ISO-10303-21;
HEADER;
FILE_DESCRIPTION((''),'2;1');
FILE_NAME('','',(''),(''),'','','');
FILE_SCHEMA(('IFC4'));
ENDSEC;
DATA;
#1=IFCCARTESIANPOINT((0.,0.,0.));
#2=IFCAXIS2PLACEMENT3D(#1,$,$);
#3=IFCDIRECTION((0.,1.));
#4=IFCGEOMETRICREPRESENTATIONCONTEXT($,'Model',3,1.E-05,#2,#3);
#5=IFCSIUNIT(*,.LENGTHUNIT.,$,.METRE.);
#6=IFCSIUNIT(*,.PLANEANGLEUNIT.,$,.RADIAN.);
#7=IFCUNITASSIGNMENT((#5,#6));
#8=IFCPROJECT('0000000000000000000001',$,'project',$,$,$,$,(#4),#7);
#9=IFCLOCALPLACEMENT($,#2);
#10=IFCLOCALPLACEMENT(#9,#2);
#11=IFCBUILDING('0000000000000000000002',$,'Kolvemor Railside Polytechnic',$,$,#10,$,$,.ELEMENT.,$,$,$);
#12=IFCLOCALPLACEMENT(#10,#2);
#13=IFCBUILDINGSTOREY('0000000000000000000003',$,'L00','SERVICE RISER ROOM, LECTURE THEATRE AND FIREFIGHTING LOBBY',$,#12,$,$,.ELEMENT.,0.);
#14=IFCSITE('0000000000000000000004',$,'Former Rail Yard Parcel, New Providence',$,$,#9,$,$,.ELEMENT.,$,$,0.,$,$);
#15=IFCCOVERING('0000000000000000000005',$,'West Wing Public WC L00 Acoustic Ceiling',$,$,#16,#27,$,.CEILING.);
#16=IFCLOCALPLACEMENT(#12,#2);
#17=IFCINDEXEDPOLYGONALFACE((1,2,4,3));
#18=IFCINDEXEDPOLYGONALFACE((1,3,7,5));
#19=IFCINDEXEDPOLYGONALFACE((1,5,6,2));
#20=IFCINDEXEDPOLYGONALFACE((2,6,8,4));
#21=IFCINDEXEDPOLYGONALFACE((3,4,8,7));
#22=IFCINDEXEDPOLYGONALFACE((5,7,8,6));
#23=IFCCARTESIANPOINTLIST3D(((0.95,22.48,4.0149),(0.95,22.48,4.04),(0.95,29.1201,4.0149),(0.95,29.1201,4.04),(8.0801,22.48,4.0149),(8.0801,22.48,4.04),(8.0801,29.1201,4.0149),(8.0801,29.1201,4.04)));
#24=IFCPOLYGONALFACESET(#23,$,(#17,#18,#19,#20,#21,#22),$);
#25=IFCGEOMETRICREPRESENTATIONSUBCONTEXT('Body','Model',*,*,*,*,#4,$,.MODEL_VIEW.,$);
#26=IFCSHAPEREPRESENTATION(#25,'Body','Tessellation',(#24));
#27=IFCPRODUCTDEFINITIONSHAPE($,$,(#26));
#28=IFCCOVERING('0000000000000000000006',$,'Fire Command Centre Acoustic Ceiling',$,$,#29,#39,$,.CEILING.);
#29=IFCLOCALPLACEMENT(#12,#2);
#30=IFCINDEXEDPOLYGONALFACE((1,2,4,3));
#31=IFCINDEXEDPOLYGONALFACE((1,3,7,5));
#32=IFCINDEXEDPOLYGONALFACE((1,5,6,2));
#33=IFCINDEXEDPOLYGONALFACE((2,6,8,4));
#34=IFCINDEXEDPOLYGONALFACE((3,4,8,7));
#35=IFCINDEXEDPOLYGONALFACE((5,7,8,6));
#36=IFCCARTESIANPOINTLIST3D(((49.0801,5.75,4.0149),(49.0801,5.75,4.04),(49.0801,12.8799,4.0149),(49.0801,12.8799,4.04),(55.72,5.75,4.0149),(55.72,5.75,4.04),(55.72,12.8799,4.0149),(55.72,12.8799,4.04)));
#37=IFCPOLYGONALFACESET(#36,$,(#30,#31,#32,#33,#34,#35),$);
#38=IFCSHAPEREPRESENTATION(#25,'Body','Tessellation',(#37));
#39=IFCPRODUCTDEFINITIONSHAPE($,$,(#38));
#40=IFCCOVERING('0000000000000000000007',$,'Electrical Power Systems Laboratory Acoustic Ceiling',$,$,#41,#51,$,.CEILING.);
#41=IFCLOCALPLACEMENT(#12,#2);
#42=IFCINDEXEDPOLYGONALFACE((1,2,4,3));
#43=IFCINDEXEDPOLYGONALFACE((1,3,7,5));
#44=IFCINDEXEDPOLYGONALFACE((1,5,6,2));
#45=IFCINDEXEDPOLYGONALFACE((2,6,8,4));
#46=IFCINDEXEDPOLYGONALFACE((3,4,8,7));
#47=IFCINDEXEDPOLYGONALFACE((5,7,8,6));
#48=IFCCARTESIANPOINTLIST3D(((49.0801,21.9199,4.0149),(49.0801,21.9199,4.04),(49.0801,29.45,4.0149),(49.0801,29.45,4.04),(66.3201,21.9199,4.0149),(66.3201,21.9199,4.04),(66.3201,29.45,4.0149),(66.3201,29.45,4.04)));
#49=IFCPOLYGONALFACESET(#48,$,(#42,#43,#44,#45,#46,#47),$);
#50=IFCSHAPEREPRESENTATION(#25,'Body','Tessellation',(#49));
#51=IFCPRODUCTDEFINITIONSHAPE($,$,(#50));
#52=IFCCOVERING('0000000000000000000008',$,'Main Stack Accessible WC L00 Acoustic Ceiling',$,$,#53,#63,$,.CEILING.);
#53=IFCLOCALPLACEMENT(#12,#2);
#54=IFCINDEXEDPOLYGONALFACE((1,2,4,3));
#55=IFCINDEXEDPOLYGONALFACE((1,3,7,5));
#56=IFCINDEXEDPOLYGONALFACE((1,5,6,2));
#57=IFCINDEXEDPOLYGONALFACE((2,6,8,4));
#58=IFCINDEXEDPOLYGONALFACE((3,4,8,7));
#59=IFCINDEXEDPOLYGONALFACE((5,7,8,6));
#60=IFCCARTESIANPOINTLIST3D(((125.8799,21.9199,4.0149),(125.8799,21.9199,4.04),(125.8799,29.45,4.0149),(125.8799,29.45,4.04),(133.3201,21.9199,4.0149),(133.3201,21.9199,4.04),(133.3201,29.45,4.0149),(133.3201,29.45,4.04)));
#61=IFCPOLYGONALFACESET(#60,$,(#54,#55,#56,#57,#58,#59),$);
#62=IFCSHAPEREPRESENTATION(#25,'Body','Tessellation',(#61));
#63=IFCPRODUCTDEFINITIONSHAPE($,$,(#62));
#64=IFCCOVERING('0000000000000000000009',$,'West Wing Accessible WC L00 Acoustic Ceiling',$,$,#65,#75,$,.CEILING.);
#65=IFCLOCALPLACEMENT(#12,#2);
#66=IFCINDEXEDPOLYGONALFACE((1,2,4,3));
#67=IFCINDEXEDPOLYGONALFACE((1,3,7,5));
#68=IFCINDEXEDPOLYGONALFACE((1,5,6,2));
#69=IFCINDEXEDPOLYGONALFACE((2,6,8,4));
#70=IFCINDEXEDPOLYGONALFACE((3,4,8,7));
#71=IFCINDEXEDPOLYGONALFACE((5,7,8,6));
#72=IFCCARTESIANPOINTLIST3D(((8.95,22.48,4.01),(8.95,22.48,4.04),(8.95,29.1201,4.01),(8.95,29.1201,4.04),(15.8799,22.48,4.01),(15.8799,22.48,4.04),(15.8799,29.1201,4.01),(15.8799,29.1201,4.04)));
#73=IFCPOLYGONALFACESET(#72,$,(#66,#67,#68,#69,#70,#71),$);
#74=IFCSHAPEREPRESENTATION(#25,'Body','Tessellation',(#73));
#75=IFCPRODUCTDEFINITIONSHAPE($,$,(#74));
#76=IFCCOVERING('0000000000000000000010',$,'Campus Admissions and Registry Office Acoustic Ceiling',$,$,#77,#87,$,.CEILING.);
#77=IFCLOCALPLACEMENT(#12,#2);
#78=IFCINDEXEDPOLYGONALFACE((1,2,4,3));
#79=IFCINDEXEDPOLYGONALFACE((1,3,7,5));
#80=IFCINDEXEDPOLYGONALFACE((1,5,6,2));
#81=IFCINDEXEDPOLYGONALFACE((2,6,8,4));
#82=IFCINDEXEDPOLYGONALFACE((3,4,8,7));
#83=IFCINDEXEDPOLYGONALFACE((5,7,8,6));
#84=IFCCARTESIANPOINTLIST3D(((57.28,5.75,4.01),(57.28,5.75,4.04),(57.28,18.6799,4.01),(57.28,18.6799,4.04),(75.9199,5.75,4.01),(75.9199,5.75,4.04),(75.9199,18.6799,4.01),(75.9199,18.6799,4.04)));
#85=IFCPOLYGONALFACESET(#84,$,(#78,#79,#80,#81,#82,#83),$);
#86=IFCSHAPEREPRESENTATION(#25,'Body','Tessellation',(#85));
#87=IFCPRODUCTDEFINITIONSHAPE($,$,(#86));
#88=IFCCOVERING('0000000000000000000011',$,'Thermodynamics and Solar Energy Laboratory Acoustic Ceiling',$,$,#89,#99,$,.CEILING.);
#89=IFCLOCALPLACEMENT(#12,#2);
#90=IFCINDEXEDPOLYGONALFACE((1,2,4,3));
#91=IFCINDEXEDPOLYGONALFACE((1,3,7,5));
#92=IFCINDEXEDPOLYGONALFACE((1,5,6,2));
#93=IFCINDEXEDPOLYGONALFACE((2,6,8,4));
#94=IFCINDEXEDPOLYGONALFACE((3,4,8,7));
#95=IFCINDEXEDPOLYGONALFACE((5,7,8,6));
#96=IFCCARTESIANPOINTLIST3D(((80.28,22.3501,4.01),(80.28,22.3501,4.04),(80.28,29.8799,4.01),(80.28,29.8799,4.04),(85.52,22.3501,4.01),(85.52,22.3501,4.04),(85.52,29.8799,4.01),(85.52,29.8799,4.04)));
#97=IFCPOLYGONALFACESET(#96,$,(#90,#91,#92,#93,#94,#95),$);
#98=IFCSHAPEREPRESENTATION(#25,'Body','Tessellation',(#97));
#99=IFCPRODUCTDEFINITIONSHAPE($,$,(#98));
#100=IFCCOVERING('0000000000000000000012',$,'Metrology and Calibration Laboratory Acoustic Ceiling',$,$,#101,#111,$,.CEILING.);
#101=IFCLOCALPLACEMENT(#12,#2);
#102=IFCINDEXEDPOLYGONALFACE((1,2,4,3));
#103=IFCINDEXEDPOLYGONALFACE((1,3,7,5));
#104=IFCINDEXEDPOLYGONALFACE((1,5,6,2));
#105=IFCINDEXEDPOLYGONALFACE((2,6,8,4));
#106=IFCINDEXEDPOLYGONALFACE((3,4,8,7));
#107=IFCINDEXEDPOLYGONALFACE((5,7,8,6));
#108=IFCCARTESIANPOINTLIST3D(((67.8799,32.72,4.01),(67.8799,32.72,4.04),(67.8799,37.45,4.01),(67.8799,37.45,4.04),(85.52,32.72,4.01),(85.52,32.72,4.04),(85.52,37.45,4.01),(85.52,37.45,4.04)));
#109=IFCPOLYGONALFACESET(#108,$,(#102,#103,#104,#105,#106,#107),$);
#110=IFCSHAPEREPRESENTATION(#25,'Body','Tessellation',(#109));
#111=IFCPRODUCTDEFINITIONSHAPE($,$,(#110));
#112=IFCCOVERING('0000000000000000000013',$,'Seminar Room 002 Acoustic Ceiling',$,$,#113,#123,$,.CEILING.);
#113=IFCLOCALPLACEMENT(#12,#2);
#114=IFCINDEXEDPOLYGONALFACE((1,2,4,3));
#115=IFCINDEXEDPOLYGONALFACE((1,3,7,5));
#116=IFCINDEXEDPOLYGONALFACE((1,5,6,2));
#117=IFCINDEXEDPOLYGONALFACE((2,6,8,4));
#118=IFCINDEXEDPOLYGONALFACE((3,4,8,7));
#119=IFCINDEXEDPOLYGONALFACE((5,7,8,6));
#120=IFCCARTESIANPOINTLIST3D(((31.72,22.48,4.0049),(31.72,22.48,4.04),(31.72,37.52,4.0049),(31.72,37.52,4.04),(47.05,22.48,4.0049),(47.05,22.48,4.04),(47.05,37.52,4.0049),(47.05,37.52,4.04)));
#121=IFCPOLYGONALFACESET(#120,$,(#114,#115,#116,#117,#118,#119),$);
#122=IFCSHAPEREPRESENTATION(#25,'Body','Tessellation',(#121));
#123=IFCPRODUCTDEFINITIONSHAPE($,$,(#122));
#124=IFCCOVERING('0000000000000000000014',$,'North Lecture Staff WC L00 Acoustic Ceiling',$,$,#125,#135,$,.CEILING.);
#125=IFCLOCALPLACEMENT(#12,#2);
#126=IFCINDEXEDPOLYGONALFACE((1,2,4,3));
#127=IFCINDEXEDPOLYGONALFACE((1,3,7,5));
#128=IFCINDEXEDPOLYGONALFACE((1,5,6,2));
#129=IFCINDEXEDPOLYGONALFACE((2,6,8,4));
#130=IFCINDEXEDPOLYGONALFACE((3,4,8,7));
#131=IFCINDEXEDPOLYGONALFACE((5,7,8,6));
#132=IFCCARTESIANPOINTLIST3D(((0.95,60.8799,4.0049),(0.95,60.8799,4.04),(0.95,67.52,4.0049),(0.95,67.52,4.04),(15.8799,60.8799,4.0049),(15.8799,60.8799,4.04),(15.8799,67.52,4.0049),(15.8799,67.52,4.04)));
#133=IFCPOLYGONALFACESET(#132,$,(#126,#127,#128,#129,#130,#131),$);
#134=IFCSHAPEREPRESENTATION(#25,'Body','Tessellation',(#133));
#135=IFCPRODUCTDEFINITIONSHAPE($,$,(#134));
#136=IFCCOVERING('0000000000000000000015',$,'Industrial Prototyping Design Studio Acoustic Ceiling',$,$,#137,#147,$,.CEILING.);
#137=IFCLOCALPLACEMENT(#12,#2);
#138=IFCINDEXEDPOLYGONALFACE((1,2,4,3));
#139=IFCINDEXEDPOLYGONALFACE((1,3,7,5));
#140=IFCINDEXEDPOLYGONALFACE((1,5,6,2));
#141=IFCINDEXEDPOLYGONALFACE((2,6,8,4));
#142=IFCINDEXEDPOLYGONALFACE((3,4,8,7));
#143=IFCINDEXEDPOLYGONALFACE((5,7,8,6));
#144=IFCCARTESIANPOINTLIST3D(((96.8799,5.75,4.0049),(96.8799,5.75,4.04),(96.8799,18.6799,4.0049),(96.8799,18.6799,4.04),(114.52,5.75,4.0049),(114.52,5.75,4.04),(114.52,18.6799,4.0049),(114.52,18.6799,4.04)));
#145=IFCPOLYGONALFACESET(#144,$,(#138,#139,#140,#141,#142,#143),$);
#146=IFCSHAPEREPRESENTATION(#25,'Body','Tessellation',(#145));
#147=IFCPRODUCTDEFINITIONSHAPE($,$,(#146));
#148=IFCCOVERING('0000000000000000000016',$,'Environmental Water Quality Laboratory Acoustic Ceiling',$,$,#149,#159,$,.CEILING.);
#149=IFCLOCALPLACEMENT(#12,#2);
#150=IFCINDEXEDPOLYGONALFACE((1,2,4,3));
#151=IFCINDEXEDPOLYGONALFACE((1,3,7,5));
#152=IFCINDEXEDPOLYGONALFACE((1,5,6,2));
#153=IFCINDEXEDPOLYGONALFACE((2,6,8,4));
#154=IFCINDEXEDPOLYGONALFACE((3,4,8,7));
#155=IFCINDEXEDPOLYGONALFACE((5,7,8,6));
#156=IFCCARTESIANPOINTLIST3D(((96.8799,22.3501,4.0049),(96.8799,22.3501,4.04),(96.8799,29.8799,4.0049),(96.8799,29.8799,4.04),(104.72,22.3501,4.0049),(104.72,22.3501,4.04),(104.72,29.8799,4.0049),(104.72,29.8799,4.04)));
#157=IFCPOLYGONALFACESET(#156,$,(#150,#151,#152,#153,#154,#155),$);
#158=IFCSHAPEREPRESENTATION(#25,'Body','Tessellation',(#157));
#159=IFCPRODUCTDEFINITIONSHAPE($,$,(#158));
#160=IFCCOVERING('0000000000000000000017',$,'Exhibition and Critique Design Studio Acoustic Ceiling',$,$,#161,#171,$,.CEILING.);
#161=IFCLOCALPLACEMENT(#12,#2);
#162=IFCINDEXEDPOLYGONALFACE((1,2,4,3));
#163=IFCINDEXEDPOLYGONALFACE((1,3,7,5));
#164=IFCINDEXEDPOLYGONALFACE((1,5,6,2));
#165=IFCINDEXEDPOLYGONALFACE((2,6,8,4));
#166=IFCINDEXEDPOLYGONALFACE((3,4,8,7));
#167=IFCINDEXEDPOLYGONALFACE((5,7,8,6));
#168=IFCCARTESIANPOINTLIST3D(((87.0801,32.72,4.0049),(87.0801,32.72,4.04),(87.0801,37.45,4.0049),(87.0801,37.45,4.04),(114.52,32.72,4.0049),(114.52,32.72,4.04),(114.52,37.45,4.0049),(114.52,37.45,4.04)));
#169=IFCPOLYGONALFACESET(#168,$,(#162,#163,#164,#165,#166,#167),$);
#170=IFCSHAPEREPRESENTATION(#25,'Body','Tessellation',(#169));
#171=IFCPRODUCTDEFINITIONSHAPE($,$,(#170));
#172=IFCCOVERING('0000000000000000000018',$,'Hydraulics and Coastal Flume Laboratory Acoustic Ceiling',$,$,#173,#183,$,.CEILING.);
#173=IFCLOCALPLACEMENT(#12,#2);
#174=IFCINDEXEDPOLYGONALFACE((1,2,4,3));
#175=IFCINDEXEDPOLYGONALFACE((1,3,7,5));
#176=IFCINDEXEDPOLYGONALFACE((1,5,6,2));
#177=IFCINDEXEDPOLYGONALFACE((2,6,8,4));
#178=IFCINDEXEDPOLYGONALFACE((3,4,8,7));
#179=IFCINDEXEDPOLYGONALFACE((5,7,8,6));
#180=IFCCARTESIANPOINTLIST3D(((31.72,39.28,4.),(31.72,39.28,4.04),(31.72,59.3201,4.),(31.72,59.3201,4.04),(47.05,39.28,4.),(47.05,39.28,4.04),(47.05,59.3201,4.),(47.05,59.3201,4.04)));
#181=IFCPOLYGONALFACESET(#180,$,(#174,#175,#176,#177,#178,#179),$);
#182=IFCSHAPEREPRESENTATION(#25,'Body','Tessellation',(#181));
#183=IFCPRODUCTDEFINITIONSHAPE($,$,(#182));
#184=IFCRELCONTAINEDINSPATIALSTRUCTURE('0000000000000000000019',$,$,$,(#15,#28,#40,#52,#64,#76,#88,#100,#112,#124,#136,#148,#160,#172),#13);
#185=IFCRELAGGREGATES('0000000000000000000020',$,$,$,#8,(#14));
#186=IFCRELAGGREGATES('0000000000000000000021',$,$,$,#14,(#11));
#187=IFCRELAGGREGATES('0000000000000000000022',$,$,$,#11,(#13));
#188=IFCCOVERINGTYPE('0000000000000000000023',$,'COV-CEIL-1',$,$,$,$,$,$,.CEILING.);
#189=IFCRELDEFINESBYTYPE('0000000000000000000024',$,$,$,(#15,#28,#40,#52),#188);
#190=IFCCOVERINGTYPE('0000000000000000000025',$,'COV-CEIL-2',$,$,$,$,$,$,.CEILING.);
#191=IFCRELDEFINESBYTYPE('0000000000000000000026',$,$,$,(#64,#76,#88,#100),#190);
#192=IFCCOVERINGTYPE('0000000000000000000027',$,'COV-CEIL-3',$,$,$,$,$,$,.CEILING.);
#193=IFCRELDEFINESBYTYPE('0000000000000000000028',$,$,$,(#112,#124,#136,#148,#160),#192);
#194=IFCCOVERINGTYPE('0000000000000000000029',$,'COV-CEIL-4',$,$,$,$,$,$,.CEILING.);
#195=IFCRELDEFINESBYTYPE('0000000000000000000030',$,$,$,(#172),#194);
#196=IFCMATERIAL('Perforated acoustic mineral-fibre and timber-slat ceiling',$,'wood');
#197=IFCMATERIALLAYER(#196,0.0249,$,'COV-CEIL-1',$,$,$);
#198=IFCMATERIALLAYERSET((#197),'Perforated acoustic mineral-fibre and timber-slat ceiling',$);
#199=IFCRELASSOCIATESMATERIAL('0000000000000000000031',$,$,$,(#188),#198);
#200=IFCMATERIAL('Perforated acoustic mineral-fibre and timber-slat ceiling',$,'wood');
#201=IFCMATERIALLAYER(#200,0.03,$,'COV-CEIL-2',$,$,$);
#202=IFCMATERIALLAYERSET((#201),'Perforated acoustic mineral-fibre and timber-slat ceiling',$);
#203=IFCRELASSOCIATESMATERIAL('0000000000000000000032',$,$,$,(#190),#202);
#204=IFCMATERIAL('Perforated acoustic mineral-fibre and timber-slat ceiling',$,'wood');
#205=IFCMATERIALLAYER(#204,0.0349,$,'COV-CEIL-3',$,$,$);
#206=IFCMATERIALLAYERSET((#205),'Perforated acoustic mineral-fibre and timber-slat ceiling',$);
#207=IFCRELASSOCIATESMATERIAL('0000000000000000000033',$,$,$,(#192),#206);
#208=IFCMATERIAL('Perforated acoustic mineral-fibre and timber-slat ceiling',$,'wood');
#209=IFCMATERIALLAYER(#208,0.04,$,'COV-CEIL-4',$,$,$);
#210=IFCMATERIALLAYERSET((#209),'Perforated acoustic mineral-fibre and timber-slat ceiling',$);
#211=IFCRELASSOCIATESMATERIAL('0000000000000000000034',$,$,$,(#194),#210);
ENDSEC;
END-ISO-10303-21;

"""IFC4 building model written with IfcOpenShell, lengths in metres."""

from ifc_helpers import new_model, si_unit, direction, frame, origin, place, context, subcontext, project, spatial, polyline, outline, extrude, material, layer, layer_set, type_object, element, save


model = new_model("IFC4")

# Units and contexts
model_context = context("Model", 3, precision=1e-05, world=origin(), true_north=direction((0.0, 1.0)))
body_context = subcontext(model_context, "Body", "Model", "MODEL_VIEW")
ifc_project = project(units=[si_unit("LENGTHUNIT", "METRE"), si_unit("PLANEANGLEUNIT", "RADIAN")], contexts=[model_context])

# Site, building, storey
site_placement = place(None, origin())
site = spatial("IfcSite", under=ifc_project, at=site_placement, Name="Former Rail Yard Parcel, New Providence", CompositionType="ELEMENT", RefElevation=0.0)
building_placement = place(site_placement, origin())
building = spatial("IfcBuilding", under=site, at=building_placement, Name="Kolvemor Railside Polytechnic", CompositionType="ELEMENT")
storey_placement = place(building_placement, origin())
storey = spatial("IfcBuildingStorey", under=building, at=storey_placement, Name="L00", Description="SERVICE RISER ROOM, LECTURE THEATRE AND FIREFIGHTING LOBBY", CompositionType="ELEMENT", Elevation=0.0)

# Coverings
ifc_material_1 = material(Name="Perforated acoustic mineral-fibre and timber-slat ceiling", Category="wood")
ifc_layer_1 = layer(ifc_material_1, 0.0249, Name="COV-CEIL-1")
ifc_layer_set_1 = layer_set([ifc_layer_1], Name="Perforated acoustic mineral-fibre and timber-slat ceiling")
covering_type_1 = type_object("IfcCoveringType", Name="COV-CEIL-1", PredefinedType="CEILING", material=ifc_layer_set_1)
covering_1_placement = place(storey_placement, frame((0.0, 0.0, 4.0149)))
element("IfcCovering", 1, at=covering_1_placement, inside=storey, type_object=covering_type_1, Name="West Wing Public WC L00 Acoustic Ceiling", PredefinedType="CEILING", context=body_context, shape_type="SweptSolid", body=[
    extrude(outline(polyline([(0.95, 22.48), (8.0801, 22.48), (8.0801, 29.1201), (0.95, 29.1201), (0.95, 22.48)])), origin(), (0.0, 0.0, 1.0), 0.0251),
])
covering_2_placement = place(storey_placement, frame((0.0, 0.0, 4.0149)))
element("IfcCovering", 2, at=covering_2_placement, inside=storey, type_object=covering_type_1, Name="Fire Command Centre Acoustic Ceiling", PredefinedType="CEILING", context=body_context, shape_type="SweptSolid", body=[
    extrude(outline(polyline([(49.0801, 5.75), (55.72, 5.75), (55.72, 12.8799), (49.0801, 12.8799), (49.0801, 5.75)])), origin(), (0.0, 0.0, 1.0), 0.0251),
])
covering_3_placement = place(storey_placement, frame((0.0, 0.0, 4.0149)))
element("IfcCovering", 3, at=covering_3_placement, inside=storey, type_object=covering_type_1, Name="Electrical Power Systems Laboratory Acoustic Ceiling", PredefinedType="CEILING", context=body_context, shape_type="SweptSolid", body=[
    extrude(outline(polyline([(49.0801, 21.9199), (66.3201, 21.9199), (66.3201, 29.45), (49.0801, 29.45), (49.0801, 21.9199)])), origin(), (0.0, 0.0, 1.0), 0.0251),
])
covering_4_placement = place(storey_placement, frame((0.0, 0.0, 4.0149)))
element("IfcCovering", 4, at=covering_4_placement, inside=storey, type_object=covering_type_1, Name="Main Stack Accessible WC L00 Acoustic Ceiling", PredefinedType="CEILING", context=body_context, shape_type="SweptSolid", body=[
    extrude(outline(polyline([(125.8799, 21.9199), (133.3201, 21.9199), (133.3201, 29.45), (125.8799, 29.45), (125.8799, 21.9199)])), origin(), (0.0, 0.0, 1.0), 0.0251),
])
ifc_material_2 = material(Name="Perforated acoustic mineral-fibre and timber-slat ceiling", Category="wood")
ifc_layer_2 = layer(ifc_material_2, 0.03, Name="COV-CEIL-2")
ifc_layer_set_2 = layer_set([ifc_layer_2], Name="Perforated acoustic mineral-fibre and timber-slat ceiling")
covering_type_2 = type_object("IfcCoveringType", Name="COV-CEIL-2", PredefinedType="CEILING", material=ifc_layer_set_2)
covering_5_placement = place(storey_placement, frame((0.0, 0.0, 4.01)))
element("IfcCovering", 5, at=covering_5_placement, inside=storey, type_object=covering_type_2, Name="West Wing Accessible WC L00 Acoustic Ceiling", PredefinedType="CEILING", context=body_context, shape_type="SweptSolid", body=[
    extrude(outline(polyline([(8.95, 22.48), (15.8799, 22.48), (15.8799, 29.1201), (8.95, 29.1201), (8.95, 22.48)])), origin(), (0.0, 0.0, 1.0), 0.03),
])
covering_6_placement = place(storey_placement, frame((0.0, 0.0, 4.01)))
element("IfcCovering", 6, at=covering_6_placement, inside=storey, type_object=covering_type_2, Name="Campus Admissions and Registry Office Acoustic Ceiling", PredefinedType="CEILING", context=body_context, shape_type="SweptSolid", body=[
    extrude(outline(polyline([(57.28, 5.75), (75.9199, 5.75), (75.9199, 18.6799), (57.28, 18.6799), (57.28, 5.75)])), origin(), (0.0, 0.0, 1.0), 0.03),
])
covering_7_placement = place(storey_placement, frame((0.0, 0.0, 4.01)))
element("IfcCovering", 7, at=covering_7_placement, inside=storey, type_object=covering_type_2, Name="Thermodynamics and Solar Energy Laboratory Acoustic Ceiling", PredefinedType="CEILING", context=body_context, shape_type="SweptSolid", body=[
    extrude(outline(polyline([(80.28, 22.3501), (85.52, 22.3501), (85.52, 29.8799), (80.28, 29.8799), (80.28, 22.3501)])), origin(), (0.0, 0.0, 1.0), 0.03),
])
covering_8_placement = place(storey_placement, frame((0.0, 0.0, 4.01)))
element("IfcCovering", 8, at=covering_8_placement, inside=storey, type_object=covering_type_2, Name="Metrology and Calibration Laboratory Acoustic Ceiling", PredefinedType="CEILING", context=body_context, shape_type="SweptSolid", body=[
    extrude(outline(polyline([(67.8799, 32.72), (85.52, 32.72), (85.52, 37.45), (67.8799, 37.45), (67.8799, 32.72)])), origin(), (0.0, 0.0, 1.0), 0.03),
])
ifc_material_3 = material(Name="Perforated acoustic mineral-fibre and timber-slat ceiling", Category="wood")
ifc_layer_3 = layer(ifc_material_3, 0.0349, Name="COV-CEIL-3")
ifc_layer_set_3 = layer_set([ifc_layer_3], Name="Perforated acoustic mineral-fibre and timber-slat ceiling")
covering_type_3 = type_object("IfcCoveringType", Name="COV-CEIL-3", PredefinedType="CEILING", material=ifc_layer_set_3)
covering_9_placement = place(storey_placement, frame((0.0, 0.0, 4.0049)))
element("IfcCovering", 9, at=covering_9_placement, inside=storey, type_object=covering_type_3, Name="Seminar Room 002 Acoustic Ceiling", PredefinedType="CEILING", context=body_context, shape_type="SweptSolid", body=[
    extrude(outline(polyline([(31.72, 22.48), (47.05, 22.48), (47.05, 37.52), (31.72, 37.52), (31.72, 22.48)])), origin(), (0.0, 0.0, 1.0), 0.0352),
])
covering_10_placement = place(storey_placement, frame((0.0, 0.0, 4.0049)))
element("IfcCovering", 10, at=covering_10_placement, inside=storey, type_object=covering_type_3, Name="North Lecture Staff WC L00 Acoustic Ceiling", PredefinedType="CEILING", context=body_context, shape_type="SweptSolid", body=[
    extrude(outline(polyline([(0.95, 60.8799), (15.8799, 60.8799), (15.8799, 67.52), (0.95, 67.52), (0.95, 60.8799)])), origin(), (0.0, 0.0, 1.0), 0.0352),
])
covering_11_placement = place(storey_placement, frame((0.0, 0.0, 4.0049)))
element("IfcCovering", 11, at=covering_11_placement, inside=storey, type_object=covering_type_3, Name="Industrial Prototyping Design Studio Acoustic Ceiling", PredefinedType="CEILING", context=body_context, shape_type="SweptSolid", body=[
    extrude(outline(polyline([(96.8799, 5.75), (114.52, 5.75), (114.52, 18.6799), (96.8799, 18.6799), (96.8799, 5.75)])), origin(), (0.0, 0.0, 1.0), 0.0352),
])
covering_12_placement = place(storey_placement, frame((0.0, 0.0, 4.0049)))
element("IfcCovering", 12, at=covering_12_placement, inside=storey, type_object=covering_type_3, Name="Environmental Water Quality Laboratory Acoustic Ceiling", PredefinedType="CEILING", context=body_context, shape_type="SweptSolid", body=[
    extrude(outline(polyline([(96.8799, 22.3501), (104.72, 22.3501), (104.72, 29.8799), (96.8799, 29.8799), (96.8799, 22.3501)])), origin(), (0.0, 0.0, 1.0), 0.0352),
])
covering_13_placement = place(storey_placement, frame((0.0, 0.0, 4.0049)))
element("IfcCovering", 13, at=covering_13_placement, inside=storey, type_object=covering_type_3, Name="Exhibition and Critique Design Studio Acoustic Ceiling", PredefinedType="CEILING", context=body_context, shape_type="SweptSolid", body=[
    extrude(outline(polyline([(87.0801, 32.72), (114.52, 32.72), (114.52, 37.45), (87.0801, 37.45), (87.0801, 32.72)])), origin(), (0.0, 0.0, 1.0), 0.0352),
])
ifc_material_4 = material(Name="Perforated acoustic mineral-fibre and timber-slat ceiling", Category="wood")
ifc_layer_4 = layer(ifc_material_4, 0.04, Name="COV-CEIL-4")
ifc_layer_set_4 = layer_set([ifc_layer_4], Name="Perforated acoustic mineral-fibre and timber-slat ceiling")
covering_type_4 = type_object("IfcCoveringType", Name="COV-CEIL-4", PredefinedType="CEILING", material=ifc_layer_set_4)
covering_14_placement = place(storey_placement, frame((0.0, 0.0, 4.0)))
element("IfcCovering", 14, at=covering_14_placement, inside=storey, type_object=covering_type_4, Name="Hydraulics and Coastal Flume Laboratory Acoustic Ceiling", PredefinedType="CEILING", context=body_context, shape_type="SweptSolid", body=[
    extrude(outline(polyline([(31.72, 39.28), (47.05, 39.28), (47.05, 59.3201), (31.72, 59.3201), (31.72, 39.28)])), origin(), (0.0, 0.0, 1.0), 0.04),
])

save(model, "model.ifc")
